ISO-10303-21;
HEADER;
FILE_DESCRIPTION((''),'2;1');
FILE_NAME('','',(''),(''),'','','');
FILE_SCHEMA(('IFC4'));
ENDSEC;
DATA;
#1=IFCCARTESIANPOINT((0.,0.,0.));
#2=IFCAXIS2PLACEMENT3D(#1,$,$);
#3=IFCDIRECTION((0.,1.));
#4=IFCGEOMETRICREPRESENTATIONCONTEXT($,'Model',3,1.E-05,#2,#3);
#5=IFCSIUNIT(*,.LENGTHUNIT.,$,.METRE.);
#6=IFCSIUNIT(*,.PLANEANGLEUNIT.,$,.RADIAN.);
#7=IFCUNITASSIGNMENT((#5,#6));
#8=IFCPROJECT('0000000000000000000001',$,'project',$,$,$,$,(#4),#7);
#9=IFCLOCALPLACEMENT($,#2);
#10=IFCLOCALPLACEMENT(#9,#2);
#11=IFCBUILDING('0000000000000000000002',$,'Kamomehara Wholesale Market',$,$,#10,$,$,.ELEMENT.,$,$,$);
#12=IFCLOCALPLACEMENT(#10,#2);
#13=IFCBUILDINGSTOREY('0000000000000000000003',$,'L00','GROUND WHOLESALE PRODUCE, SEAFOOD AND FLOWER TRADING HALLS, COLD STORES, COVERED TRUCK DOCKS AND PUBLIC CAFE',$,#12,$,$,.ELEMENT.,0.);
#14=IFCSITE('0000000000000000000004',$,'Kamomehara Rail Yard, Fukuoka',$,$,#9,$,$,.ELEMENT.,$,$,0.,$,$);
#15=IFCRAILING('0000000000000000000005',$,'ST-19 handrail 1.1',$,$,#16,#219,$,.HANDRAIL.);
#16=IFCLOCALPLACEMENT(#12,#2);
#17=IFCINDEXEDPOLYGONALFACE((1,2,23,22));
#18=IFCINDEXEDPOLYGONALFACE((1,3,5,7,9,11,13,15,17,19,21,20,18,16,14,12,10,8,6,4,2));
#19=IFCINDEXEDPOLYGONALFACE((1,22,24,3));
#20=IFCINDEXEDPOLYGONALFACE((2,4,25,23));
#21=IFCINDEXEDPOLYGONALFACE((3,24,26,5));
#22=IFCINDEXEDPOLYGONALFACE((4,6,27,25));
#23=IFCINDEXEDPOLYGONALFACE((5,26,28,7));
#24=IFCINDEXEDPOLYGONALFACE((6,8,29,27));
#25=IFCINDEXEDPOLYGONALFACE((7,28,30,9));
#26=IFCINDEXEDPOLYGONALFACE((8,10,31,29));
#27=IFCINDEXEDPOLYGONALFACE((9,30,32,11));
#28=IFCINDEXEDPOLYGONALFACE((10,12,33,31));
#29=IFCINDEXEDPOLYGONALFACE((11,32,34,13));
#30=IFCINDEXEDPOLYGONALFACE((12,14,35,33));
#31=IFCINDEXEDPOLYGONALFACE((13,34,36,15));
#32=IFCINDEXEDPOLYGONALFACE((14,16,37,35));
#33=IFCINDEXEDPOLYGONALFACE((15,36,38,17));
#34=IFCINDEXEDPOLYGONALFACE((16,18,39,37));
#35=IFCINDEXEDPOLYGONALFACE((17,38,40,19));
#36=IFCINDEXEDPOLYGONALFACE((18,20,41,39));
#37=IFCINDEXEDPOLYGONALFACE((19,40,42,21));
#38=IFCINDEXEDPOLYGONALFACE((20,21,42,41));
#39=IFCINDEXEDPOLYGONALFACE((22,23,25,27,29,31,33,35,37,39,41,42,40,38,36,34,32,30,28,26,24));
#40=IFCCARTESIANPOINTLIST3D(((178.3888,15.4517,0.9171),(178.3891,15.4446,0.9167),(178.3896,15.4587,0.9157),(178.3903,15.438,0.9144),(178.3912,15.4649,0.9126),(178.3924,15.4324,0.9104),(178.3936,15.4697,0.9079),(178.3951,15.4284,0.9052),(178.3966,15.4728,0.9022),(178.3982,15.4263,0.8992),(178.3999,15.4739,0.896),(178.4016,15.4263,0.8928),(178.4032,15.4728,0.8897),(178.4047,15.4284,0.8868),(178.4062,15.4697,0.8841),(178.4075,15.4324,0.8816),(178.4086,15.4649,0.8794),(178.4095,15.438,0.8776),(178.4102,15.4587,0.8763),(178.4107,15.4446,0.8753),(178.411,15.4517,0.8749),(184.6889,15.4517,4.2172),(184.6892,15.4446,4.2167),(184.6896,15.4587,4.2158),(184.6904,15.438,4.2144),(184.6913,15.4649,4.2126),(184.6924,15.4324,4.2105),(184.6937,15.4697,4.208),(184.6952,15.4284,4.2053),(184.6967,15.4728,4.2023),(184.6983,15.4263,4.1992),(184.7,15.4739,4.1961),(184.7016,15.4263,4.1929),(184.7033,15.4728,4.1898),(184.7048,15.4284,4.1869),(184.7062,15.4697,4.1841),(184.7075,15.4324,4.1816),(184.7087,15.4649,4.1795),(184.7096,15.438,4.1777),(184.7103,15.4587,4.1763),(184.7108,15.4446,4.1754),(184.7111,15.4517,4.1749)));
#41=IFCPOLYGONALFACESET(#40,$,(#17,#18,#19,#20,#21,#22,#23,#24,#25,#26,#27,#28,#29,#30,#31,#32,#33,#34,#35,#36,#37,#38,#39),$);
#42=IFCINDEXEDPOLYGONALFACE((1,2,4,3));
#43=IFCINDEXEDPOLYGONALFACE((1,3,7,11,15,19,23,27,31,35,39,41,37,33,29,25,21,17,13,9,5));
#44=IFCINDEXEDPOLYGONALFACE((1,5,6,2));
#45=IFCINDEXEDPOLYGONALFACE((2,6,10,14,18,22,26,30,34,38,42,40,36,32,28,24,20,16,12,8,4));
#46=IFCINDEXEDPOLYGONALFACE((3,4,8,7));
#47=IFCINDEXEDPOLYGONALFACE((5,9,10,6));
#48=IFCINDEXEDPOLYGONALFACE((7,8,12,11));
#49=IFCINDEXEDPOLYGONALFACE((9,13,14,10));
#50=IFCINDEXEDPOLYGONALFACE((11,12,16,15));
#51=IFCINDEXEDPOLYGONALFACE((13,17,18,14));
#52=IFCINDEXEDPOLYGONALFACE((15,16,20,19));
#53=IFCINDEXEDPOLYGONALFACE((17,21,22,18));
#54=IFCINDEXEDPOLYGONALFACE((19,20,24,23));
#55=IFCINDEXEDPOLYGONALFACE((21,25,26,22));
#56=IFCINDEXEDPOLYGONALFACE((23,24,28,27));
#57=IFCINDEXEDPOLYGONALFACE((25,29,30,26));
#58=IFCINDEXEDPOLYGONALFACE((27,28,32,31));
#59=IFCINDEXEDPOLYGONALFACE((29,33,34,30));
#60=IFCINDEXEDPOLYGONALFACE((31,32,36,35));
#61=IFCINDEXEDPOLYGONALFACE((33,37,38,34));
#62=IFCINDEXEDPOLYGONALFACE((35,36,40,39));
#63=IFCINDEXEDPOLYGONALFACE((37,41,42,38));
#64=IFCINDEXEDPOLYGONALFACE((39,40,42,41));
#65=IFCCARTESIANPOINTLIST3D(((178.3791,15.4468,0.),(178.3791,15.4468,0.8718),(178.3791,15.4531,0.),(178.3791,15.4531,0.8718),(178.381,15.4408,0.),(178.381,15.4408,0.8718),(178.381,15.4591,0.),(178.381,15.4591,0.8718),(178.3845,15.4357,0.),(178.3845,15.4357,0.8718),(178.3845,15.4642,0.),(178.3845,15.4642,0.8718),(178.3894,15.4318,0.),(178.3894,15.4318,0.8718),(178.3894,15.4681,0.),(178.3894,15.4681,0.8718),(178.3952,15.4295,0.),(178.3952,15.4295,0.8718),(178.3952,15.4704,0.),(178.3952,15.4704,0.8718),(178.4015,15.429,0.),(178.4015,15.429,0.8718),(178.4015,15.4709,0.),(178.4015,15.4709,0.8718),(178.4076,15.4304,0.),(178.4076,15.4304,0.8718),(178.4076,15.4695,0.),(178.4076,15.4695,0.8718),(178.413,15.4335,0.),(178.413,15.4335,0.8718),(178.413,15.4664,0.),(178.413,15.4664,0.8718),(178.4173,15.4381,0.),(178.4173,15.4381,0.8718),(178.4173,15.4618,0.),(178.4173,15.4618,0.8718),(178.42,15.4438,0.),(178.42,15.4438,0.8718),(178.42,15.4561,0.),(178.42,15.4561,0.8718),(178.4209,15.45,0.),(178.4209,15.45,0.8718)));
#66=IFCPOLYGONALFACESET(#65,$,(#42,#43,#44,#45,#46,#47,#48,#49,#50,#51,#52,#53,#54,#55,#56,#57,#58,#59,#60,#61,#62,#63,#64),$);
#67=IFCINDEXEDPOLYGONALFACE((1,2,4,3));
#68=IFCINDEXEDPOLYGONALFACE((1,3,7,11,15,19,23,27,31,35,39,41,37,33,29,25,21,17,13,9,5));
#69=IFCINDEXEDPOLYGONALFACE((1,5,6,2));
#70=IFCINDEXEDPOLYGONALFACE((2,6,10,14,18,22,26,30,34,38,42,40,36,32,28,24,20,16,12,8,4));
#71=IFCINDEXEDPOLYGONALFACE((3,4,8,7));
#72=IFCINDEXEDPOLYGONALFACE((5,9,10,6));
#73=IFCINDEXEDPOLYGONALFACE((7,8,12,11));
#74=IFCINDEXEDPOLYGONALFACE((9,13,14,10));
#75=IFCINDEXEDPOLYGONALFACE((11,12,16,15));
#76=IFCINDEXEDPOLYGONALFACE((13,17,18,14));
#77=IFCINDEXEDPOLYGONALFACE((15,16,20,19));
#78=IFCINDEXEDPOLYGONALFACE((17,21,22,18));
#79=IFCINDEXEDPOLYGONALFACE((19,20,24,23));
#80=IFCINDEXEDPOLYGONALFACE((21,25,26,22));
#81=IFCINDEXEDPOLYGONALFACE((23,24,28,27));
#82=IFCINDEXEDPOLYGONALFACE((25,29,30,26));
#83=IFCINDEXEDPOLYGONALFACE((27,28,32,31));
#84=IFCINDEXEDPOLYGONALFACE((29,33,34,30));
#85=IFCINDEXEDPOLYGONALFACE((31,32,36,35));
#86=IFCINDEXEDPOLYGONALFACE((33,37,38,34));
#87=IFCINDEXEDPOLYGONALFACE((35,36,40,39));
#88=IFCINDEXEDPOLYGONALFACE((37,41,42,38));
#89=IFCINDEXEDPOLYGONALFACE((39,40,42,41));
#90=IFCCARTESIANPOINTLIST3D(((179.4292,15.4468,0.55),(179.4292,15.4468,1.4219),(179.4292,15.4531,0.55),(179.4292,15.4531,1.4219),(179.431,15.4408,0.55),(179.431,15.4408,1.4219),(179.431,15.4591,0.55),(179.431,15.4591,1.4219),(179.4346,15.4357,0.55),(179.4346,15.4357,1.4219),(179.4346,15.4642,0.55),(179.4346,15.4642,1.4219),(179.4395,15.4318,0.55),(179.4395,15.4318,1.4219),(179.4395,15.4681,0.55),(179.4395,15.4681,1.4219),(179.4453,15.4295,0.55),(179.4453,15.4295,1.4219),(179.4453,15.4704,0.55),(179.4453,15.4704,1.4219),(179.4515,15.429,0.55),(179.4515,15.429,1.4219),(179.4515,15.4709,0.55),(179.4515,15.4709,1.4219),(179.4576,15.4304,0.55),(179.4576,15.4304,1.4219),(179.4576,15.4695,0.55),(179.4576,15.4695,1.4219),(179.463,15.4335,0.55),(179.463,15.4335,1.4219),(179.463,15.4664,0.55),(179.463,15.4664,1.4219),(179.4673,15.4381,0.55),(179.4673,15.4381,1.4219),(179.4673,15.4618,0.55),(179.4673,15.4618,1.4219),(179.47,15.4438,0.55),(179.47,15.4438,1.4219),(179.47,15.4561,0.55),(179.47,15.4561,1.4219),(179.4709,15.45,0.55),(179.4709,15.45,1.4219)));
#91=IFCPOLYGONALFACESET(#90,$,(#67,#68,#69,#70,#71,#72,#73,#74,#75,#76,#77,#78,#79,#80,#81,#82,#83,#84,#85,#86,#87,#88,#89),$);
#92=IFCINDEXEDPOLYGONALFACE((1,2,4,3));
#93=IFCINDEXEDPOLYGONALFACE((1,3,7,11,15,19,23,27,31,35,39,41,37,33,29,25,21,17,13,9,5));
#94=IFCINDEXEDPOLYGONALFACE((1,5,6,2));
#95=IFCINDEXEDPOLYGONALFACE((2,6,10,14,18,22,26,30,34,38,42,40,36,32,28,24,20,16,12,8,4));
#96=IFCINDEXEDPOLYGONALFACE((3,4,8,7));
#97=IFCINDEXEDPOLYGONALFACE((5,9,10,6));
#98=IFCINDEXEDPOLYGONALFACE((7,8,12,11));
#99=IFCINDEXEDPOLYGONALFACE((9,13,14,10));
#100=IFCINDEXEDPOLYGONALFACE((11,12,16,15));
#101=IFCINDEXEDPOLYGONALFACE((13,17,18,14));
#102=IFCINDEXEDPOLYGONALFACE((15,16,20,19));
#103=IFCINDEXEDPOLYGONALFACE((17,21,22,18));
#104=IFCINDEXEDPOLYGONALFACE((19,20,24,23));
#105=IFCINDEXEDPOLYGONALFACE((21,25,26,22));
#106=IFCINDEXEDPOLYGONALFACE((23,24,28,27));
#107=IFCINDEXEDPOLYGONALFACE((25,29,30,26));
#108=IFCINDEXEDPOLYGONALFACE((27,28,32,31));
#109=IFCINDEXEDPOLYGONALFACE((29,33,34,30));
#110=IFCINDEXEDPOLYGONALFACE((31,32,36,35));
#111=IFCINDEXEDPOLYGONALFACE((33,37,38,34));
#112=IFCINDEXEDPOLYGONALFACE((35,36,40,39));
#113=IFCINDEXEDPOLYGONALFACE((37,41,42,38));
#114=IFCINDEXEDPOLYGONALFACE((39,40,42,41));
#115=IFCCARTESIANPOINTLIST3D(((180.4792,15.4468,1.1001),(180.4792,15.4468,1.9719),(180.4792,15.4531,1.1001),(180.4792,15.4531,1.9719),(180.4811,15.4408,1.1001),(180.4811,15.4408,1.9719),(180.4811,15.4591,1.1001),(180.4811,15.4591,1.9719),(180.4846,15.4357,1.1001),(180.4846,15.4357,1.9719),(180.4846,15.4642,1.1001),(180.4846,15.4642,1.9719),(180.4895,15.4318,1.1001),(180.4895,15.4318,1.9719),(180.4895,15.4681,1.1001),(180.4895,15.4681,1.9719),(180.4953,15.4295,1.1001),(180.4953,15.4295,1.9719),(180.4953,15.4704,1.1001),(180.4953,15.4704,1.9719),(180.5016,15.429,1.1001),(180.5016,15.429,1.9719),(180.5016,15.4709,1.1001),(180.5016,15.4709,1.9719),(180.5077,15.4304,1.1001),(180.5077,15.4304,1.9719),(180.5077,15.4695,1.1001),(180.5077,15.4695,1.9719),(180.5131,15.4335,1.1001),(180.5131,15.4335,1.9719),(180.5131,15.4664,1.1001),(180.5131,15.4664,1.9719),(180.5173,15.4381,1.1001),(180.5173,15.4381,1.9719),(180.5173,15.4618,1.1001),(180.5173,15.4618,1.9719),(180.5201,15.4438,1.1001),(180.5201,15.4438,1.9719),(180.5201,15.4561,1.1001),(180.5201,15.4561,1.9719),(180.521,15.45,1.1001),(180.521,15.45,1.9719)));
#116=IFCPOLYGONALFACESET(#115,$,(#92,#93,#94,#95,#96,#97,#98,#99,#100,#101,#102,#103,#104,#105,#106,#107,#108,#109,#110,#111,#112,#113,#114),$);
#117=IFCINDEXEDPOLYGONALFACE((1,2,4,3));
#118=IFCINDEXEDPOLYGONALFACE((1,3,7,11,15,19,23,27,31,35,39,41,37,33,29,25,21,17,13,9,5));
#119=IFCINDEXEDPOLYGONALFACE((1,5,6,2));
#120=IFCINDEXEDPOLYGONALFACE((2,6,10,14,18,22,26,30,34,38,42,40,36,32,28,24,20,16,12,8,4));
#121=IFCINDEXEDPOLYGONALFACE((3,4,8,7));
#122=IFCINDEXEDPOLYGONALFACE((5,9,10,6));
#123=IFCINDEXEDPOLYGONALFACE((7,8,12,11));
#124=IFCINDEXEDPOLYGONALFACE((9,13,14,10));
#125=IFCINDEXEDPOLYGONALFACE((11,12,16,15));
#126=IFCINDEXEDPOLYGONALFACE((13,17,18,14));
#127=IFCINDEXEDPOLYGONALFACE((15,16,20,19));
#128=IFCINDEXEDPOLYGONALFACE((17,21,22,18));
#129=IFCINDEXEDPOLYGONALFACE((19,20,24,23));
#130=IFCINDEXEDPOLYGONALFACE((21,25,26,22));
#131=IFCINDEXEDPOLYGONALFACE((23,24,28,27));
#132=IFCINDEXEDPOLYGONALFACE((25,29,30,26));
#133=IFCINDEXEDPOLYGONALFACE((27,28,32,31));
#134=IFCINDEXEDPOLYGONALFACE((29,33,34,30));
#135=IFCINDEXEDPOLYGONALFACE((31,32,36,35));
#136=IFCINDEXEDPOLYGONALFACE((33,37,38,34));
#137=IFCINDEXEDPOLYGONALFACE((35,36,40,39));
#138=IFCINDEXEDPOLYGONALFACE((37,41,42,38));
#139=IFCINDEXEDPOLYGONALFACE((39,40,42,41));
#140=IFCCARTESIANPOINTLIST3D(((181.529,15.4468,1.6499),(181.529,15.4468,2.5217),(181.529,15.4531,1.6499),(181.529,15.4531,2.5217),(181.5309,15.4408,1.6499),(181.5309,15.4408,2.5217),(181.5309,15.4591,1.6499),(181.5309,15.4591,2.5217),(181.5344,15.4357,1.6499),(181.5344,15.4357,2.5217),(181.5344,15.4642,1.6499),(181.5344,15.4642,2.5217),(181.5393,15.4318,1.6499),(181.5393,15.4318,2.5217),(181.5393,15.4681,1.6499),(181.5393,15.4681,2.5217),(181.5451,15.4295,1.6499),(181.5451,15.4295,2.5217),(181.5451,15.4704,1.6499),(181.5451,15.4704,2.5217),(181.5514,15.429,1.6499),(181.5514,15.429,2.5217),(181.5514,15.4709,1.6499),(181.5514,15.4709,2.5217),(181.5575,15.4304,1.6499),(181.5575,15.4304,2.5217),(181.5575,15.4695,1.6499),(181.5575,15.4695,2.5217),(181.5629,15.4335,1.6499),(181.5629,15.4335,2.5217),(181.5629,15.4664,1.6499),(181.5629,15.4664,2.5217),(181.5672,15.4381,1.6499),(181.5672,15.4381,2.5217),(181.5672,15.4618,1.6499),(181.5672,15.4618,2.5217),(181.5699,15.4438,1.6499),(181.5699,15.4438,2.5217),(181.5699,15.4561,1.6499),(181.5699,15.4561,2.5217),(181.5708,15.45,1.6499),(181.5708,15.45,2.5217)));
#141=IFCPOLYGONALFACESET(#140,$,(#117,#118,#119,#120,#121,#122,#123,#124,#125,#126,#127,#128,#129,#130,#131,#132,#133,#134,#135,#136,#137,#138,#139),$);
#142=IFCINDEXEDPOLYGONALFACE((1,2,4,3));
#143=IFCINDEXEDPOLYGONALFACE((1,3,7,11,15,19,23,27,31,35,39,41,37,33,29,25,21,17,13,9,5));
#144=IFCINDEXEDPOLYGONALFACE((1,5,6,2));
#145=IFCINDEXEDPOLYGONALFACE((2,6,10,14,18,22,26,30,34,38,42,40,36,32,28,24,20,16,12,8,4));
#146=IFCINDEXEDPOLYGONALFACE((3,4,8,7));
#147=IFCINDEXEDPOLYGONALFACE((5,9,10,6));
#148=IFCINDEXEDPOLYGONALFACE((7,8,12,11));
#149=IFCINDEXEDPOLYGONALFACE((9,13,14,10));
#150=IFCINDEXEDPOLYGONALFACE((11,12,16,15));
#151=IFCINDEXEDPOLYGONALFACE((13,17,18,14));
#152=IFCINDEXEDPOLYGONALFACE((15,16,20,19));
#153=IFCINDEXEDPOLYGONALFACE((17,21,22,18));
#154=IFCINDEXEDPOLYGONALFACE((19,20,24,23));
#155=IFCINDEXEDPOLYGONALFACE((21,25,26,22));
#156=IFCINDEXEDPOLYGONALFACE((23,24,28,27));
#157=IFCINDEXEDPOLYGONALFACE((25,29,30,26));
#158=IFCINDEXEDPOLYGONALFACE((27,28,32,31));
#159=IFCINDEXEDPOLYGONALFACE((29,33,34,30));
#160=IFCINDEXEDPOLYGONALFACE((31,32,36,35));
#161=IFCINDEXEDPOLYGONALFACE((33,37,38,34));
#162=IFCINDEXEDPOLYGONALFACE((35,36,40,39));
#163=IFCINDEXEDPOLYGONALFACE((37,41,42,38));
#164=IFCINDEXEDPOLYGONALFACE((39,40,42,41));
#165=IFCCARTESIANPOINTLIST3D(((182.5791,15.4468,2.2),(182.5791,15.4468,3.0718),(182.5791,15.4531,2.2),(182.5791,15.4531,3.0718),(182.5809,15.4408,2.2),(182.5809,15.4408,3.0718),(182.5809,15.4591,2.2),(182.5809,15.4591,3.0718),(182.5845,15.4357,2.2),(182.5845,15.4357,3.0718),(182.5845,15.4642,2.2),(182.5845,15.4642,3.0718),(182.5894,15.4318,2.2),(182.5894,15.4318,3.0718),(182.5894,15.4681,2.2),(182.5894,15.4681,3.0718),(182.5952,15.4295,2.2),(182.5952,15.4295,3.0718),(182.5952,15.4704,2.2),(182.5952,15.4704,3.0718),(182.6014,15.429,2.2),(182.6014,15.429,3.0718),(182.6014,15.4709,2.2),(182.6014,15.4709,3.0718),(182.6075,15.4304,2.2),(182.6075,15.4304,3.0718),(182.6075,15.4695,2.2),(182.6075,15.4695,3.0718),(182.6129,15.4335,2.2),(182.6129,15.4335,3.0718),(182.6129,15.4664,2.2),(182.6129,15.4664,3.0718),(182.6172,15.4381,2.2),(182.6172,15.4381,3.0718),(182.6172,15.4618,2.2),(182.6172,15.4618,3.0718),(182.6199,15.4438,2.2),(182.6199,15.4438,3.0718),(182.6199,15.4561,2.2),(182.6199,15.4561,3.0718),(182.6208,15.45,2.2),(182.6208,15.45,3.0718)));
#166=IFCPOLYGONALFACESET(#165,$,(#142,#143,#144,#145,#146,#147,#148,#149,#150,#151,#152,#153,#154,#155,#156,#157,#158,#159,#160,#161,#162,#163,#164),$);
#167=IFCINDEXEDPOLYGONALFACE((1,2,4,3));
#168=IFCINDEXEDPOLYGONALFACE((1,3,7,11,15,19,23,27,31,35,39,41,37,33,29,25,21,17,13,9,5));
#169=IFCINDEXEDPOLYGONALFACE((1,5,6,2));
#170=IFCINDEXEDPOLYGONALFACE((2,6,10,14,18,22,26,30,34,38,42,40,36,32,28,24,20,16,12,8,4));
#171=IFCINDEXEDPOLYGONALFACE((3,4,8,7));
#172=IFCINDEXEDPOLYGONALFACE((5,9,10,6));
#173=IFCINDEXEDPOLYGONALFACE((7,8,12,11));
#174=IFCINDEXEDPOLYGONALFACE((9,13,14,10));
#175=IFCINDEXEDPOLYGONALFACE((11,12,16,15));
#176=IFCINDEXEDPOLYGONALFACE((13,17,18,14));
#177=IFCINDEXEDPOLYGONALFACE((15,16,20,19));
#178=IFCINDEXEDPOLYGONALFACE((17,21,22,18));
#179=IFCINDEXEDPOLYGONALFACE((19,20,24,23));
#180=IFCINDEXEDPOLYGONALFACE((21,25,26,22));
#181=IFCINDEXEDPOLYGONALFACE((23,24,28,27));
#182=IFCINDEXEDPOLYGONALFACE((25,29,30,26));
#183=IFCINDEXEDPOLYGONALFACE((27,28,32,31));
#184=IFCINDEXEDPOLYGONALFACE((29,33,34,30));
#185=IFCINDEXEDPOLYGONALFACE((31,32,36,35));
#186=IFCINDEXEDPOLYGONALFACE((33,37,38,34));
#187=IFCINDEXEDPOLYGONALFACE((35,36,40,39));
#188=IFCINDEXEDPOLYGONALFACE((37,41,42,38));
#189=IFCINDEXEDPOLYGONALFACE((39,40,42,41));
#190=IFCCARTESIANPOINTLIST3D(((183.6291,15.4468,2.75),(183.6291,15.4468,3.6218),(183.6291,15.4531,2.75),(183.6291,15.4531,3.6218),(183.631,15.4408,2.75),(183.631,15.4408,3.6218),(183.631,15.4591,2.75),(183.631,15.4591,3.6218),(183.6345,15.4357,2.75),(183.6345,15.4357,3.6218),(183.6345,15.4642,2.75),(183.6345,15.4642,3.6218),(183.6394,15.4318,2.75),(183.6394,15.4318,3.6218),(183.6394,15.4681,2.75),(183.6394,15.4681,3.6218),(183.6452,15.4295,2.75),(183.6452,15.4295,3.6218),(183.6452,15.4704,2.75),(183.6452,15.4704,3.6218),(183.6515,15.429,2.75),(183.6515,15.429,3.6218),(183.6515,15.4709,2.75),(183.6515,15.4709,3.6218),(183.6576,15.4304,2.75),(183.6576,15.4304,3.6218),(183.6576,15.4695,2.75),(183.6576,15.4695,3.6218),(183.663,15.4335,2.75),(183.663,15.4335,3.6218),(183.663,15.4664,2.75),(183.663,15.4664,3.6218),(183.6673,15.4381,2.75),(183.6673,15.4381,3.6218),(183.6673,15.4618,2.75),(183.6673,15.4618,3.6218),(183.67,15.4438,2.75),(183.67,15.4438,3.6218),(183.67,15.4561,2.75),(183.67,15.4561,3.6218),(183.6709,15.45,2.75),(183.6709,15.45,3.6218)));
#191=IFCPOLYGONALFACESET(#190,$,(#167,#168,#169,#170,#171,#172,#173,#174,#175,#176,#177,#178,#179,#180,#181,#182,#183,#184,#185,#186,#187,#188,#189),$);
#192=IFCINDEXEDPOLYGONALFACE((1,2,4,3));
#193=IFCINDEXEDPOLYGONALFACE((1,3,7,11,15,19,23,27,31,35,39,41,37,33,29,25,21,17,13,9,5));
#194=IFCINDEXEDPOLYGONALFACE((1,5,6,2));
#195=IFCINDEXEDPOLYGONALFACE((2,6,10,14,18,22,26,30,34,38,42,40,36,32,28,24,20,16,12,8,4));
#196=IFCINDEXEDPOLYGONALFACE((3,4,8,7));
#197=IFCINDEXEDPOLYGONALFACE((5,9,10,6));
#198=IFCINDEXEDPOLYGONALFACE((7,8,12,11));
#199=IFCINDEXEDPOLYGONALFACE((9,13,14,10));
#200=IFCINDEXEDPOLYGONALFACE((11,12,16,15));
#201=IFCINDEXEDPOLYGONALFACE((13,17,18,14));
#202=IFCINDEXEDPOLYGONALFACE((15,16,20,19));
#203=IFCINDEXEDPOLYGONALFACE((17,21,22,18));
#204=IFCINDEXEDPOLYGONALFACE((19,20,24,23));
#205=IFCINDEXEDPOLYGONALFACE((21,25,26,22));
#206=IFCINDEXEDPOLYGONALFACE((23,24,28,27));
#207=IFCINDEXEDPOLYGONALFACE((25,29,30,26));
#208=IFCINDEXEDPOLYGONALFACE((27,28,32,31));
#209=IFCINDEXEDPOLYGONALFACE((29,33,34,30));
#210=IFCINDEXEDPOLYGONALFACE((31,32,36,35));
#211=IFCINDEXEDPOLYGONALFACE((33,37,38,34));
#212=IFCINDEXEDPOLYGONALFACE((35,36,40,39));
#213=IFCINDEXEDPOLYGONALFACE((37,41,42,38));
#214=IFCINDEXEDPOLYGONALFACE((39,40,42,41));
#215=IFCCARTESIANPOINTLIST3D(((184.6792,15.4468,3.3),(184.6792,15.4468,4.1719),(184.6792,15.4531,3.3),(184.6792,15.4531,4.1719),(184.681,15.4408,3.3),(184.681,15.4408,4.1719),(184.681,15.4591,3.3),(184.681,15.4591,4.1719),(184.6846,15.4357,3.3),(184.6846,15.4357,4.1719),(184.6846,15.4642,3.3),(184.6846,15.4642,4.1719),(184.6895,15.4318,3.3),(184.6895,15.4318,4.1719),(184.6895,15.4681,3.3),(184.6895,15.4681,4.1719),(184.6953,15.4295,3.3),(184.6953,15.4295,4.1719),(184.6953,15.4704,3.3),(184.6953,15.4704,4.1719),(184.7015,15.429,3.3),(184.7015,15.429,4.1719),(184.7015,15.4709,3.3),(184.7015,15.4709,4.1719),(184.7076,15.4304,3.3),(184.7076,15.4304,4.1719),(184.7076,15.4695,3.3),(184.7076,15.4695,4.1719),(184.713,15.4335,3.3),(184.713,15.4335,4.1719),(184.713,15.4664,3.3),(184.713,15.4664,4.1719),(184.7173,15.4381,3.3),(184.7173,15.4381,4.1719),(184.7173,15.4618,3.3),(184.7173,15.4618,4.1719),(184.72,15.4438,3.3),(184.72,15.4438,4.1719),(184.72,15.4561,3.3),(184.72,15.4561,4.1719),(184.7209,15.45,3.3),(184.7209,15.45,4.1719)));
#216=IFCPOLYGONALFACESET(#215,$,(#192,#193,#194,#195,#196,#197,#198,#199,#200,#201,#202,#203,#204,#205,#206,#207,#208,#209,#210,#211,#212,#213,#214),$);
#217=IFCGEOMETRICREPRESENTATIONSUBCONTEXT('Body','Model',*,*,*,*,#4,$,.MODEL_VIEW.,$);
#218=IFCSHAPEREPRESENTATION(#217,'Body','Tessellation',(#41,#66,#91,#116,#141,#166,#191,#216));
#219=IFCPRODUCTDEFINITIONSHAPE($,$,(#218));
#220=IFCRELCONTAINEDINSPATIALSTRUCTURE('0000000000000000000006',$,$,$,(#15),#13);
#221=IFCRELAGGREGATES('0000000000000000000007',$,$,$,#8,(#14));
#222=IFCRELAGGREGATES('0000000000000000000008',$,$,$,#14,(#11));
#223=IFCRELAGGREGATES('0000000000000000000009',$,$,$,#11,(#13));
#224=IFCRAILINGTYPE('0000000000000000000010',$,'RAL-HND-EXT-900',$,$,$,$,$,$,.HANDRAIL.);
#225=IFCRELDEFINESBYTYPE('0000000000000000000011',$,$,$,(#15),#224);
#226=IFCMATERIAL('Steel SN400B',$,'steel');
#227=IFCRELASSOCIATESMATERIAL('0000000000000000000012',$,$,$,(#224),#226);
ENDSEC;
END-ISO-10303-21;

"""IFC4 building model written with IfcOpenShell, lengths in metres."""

from ifc_helpers import new_model, si_unit, direction, frame, origin, origin_2d, place, context, subcontext, project, spatial, circle, extrude, material, type_object, element, save


model = new_model("IFC4")

# Units and contexts
model_context = context("Model", 3, precision=1e-05, world=origin(), true_north=direction((0.0, 1.0)))
body_context = subcontext(model_context, "Body", "Model", "MODEL_VIEW")
ifc_project = project(units=[si_unit("LENGTHUNIT", "METRE"), si_unit("PLANEANGLEUNIT", "RADIAN")], contexts=[model_context])

# Site, building, storey
site_placement = place(None, origin())
site = spatial("IfcSite", under=ifc_project, at=site_placement, Name="Kamomehara Rail Yard, Fukuoka", CompositionType="ELEMENT", RefElevation=0.0)
building_placement = place(site_placement, origin())
building = spatial("IfcBuilding", under=site, at=building_placement, Name="Kamomehara Wholesale Market", CompositionType="ELEMENT")
storey_placement = place(building_placement, origin())
storey = spatial("IfcBuildingStorey", under=building, at=storey_placement, Name="L00", Description="GROUND WHOLESALE PRODUCE, SEAFOOD AND FLOWER TRADING HALLS, COLD STORES, COVERED TRUCK DOCKS AND PUBLIC CAFE", CompositionType="ELEMENT", Elevation=0.0)

# Railing
ifc_material_1 = material(Name="Steel SN400B", Category="steel")
railing_type_1 = type_object("IfcRailingType", Name="RAL-HND-EXT-900", PredefinedType="HANDRAIL", material=ifc_material_1)
railing_1_placement = place(storey_placement, frame((178.3999, 15.45, 0.0)))
element("IfcRailing", 1, at=railing_1_placement, inside=storey, type_object=railing_type_1, Name="ST-19 handrail 1.1", PredefinedType="HANDRAIL", context=body_context, shape_type="SweptSolid", body=[
    extrude(circle(Radius=0.0239, at=origin_2d()), frame((0.0, 0.0, 0.896), z_axis=(0.88583, 0.0, 0.46401), x_axis=(0.0, 1.0, 0.0)), (0.0, 0.0, 1.0), 7.1121),
    extrude(circle(Radius=0.021, at=origin_2d()), origin(), (0.0, 0.0, 1.0), 0.8718),
    extrude(circle(Radius=0.021, at=origin_2d()), frame((1.05, 0.0, 0.55)), (0.0, 0.0, 1.0), 0.8718),
    extrude(circle(Radius=0.021, at=origin_2d()), frame((2.1001, 0.0, 1.1001)), (0.0, 0.0, 1.0), 0.8718),
    extrude(circle(Radius=0.021, at=origin_2d()), frame((3.1499, 0.0, 1.6499)), (0.0, 0.0, 1.0), 0.8718),
    extrude(circle(Radius=0.021, at=origin_2d()), frame((4.2, 0.0, 2.2)), (0.0, 0.0, 1.0), 0.8718),
    extrude(circle(Radius=0.021, at=origin_2d()), frame((5.25, 0.0, 2.75)), (0.0, 0.0, 1.0), 0.8718),
    extrude(circle(Radius=0.021, at=origin_2d()), frame((6.3, 0.0, 3.3)), (0.0, 0.0, 1.0), 0.8718),
])

save(model, "model.ifc")
